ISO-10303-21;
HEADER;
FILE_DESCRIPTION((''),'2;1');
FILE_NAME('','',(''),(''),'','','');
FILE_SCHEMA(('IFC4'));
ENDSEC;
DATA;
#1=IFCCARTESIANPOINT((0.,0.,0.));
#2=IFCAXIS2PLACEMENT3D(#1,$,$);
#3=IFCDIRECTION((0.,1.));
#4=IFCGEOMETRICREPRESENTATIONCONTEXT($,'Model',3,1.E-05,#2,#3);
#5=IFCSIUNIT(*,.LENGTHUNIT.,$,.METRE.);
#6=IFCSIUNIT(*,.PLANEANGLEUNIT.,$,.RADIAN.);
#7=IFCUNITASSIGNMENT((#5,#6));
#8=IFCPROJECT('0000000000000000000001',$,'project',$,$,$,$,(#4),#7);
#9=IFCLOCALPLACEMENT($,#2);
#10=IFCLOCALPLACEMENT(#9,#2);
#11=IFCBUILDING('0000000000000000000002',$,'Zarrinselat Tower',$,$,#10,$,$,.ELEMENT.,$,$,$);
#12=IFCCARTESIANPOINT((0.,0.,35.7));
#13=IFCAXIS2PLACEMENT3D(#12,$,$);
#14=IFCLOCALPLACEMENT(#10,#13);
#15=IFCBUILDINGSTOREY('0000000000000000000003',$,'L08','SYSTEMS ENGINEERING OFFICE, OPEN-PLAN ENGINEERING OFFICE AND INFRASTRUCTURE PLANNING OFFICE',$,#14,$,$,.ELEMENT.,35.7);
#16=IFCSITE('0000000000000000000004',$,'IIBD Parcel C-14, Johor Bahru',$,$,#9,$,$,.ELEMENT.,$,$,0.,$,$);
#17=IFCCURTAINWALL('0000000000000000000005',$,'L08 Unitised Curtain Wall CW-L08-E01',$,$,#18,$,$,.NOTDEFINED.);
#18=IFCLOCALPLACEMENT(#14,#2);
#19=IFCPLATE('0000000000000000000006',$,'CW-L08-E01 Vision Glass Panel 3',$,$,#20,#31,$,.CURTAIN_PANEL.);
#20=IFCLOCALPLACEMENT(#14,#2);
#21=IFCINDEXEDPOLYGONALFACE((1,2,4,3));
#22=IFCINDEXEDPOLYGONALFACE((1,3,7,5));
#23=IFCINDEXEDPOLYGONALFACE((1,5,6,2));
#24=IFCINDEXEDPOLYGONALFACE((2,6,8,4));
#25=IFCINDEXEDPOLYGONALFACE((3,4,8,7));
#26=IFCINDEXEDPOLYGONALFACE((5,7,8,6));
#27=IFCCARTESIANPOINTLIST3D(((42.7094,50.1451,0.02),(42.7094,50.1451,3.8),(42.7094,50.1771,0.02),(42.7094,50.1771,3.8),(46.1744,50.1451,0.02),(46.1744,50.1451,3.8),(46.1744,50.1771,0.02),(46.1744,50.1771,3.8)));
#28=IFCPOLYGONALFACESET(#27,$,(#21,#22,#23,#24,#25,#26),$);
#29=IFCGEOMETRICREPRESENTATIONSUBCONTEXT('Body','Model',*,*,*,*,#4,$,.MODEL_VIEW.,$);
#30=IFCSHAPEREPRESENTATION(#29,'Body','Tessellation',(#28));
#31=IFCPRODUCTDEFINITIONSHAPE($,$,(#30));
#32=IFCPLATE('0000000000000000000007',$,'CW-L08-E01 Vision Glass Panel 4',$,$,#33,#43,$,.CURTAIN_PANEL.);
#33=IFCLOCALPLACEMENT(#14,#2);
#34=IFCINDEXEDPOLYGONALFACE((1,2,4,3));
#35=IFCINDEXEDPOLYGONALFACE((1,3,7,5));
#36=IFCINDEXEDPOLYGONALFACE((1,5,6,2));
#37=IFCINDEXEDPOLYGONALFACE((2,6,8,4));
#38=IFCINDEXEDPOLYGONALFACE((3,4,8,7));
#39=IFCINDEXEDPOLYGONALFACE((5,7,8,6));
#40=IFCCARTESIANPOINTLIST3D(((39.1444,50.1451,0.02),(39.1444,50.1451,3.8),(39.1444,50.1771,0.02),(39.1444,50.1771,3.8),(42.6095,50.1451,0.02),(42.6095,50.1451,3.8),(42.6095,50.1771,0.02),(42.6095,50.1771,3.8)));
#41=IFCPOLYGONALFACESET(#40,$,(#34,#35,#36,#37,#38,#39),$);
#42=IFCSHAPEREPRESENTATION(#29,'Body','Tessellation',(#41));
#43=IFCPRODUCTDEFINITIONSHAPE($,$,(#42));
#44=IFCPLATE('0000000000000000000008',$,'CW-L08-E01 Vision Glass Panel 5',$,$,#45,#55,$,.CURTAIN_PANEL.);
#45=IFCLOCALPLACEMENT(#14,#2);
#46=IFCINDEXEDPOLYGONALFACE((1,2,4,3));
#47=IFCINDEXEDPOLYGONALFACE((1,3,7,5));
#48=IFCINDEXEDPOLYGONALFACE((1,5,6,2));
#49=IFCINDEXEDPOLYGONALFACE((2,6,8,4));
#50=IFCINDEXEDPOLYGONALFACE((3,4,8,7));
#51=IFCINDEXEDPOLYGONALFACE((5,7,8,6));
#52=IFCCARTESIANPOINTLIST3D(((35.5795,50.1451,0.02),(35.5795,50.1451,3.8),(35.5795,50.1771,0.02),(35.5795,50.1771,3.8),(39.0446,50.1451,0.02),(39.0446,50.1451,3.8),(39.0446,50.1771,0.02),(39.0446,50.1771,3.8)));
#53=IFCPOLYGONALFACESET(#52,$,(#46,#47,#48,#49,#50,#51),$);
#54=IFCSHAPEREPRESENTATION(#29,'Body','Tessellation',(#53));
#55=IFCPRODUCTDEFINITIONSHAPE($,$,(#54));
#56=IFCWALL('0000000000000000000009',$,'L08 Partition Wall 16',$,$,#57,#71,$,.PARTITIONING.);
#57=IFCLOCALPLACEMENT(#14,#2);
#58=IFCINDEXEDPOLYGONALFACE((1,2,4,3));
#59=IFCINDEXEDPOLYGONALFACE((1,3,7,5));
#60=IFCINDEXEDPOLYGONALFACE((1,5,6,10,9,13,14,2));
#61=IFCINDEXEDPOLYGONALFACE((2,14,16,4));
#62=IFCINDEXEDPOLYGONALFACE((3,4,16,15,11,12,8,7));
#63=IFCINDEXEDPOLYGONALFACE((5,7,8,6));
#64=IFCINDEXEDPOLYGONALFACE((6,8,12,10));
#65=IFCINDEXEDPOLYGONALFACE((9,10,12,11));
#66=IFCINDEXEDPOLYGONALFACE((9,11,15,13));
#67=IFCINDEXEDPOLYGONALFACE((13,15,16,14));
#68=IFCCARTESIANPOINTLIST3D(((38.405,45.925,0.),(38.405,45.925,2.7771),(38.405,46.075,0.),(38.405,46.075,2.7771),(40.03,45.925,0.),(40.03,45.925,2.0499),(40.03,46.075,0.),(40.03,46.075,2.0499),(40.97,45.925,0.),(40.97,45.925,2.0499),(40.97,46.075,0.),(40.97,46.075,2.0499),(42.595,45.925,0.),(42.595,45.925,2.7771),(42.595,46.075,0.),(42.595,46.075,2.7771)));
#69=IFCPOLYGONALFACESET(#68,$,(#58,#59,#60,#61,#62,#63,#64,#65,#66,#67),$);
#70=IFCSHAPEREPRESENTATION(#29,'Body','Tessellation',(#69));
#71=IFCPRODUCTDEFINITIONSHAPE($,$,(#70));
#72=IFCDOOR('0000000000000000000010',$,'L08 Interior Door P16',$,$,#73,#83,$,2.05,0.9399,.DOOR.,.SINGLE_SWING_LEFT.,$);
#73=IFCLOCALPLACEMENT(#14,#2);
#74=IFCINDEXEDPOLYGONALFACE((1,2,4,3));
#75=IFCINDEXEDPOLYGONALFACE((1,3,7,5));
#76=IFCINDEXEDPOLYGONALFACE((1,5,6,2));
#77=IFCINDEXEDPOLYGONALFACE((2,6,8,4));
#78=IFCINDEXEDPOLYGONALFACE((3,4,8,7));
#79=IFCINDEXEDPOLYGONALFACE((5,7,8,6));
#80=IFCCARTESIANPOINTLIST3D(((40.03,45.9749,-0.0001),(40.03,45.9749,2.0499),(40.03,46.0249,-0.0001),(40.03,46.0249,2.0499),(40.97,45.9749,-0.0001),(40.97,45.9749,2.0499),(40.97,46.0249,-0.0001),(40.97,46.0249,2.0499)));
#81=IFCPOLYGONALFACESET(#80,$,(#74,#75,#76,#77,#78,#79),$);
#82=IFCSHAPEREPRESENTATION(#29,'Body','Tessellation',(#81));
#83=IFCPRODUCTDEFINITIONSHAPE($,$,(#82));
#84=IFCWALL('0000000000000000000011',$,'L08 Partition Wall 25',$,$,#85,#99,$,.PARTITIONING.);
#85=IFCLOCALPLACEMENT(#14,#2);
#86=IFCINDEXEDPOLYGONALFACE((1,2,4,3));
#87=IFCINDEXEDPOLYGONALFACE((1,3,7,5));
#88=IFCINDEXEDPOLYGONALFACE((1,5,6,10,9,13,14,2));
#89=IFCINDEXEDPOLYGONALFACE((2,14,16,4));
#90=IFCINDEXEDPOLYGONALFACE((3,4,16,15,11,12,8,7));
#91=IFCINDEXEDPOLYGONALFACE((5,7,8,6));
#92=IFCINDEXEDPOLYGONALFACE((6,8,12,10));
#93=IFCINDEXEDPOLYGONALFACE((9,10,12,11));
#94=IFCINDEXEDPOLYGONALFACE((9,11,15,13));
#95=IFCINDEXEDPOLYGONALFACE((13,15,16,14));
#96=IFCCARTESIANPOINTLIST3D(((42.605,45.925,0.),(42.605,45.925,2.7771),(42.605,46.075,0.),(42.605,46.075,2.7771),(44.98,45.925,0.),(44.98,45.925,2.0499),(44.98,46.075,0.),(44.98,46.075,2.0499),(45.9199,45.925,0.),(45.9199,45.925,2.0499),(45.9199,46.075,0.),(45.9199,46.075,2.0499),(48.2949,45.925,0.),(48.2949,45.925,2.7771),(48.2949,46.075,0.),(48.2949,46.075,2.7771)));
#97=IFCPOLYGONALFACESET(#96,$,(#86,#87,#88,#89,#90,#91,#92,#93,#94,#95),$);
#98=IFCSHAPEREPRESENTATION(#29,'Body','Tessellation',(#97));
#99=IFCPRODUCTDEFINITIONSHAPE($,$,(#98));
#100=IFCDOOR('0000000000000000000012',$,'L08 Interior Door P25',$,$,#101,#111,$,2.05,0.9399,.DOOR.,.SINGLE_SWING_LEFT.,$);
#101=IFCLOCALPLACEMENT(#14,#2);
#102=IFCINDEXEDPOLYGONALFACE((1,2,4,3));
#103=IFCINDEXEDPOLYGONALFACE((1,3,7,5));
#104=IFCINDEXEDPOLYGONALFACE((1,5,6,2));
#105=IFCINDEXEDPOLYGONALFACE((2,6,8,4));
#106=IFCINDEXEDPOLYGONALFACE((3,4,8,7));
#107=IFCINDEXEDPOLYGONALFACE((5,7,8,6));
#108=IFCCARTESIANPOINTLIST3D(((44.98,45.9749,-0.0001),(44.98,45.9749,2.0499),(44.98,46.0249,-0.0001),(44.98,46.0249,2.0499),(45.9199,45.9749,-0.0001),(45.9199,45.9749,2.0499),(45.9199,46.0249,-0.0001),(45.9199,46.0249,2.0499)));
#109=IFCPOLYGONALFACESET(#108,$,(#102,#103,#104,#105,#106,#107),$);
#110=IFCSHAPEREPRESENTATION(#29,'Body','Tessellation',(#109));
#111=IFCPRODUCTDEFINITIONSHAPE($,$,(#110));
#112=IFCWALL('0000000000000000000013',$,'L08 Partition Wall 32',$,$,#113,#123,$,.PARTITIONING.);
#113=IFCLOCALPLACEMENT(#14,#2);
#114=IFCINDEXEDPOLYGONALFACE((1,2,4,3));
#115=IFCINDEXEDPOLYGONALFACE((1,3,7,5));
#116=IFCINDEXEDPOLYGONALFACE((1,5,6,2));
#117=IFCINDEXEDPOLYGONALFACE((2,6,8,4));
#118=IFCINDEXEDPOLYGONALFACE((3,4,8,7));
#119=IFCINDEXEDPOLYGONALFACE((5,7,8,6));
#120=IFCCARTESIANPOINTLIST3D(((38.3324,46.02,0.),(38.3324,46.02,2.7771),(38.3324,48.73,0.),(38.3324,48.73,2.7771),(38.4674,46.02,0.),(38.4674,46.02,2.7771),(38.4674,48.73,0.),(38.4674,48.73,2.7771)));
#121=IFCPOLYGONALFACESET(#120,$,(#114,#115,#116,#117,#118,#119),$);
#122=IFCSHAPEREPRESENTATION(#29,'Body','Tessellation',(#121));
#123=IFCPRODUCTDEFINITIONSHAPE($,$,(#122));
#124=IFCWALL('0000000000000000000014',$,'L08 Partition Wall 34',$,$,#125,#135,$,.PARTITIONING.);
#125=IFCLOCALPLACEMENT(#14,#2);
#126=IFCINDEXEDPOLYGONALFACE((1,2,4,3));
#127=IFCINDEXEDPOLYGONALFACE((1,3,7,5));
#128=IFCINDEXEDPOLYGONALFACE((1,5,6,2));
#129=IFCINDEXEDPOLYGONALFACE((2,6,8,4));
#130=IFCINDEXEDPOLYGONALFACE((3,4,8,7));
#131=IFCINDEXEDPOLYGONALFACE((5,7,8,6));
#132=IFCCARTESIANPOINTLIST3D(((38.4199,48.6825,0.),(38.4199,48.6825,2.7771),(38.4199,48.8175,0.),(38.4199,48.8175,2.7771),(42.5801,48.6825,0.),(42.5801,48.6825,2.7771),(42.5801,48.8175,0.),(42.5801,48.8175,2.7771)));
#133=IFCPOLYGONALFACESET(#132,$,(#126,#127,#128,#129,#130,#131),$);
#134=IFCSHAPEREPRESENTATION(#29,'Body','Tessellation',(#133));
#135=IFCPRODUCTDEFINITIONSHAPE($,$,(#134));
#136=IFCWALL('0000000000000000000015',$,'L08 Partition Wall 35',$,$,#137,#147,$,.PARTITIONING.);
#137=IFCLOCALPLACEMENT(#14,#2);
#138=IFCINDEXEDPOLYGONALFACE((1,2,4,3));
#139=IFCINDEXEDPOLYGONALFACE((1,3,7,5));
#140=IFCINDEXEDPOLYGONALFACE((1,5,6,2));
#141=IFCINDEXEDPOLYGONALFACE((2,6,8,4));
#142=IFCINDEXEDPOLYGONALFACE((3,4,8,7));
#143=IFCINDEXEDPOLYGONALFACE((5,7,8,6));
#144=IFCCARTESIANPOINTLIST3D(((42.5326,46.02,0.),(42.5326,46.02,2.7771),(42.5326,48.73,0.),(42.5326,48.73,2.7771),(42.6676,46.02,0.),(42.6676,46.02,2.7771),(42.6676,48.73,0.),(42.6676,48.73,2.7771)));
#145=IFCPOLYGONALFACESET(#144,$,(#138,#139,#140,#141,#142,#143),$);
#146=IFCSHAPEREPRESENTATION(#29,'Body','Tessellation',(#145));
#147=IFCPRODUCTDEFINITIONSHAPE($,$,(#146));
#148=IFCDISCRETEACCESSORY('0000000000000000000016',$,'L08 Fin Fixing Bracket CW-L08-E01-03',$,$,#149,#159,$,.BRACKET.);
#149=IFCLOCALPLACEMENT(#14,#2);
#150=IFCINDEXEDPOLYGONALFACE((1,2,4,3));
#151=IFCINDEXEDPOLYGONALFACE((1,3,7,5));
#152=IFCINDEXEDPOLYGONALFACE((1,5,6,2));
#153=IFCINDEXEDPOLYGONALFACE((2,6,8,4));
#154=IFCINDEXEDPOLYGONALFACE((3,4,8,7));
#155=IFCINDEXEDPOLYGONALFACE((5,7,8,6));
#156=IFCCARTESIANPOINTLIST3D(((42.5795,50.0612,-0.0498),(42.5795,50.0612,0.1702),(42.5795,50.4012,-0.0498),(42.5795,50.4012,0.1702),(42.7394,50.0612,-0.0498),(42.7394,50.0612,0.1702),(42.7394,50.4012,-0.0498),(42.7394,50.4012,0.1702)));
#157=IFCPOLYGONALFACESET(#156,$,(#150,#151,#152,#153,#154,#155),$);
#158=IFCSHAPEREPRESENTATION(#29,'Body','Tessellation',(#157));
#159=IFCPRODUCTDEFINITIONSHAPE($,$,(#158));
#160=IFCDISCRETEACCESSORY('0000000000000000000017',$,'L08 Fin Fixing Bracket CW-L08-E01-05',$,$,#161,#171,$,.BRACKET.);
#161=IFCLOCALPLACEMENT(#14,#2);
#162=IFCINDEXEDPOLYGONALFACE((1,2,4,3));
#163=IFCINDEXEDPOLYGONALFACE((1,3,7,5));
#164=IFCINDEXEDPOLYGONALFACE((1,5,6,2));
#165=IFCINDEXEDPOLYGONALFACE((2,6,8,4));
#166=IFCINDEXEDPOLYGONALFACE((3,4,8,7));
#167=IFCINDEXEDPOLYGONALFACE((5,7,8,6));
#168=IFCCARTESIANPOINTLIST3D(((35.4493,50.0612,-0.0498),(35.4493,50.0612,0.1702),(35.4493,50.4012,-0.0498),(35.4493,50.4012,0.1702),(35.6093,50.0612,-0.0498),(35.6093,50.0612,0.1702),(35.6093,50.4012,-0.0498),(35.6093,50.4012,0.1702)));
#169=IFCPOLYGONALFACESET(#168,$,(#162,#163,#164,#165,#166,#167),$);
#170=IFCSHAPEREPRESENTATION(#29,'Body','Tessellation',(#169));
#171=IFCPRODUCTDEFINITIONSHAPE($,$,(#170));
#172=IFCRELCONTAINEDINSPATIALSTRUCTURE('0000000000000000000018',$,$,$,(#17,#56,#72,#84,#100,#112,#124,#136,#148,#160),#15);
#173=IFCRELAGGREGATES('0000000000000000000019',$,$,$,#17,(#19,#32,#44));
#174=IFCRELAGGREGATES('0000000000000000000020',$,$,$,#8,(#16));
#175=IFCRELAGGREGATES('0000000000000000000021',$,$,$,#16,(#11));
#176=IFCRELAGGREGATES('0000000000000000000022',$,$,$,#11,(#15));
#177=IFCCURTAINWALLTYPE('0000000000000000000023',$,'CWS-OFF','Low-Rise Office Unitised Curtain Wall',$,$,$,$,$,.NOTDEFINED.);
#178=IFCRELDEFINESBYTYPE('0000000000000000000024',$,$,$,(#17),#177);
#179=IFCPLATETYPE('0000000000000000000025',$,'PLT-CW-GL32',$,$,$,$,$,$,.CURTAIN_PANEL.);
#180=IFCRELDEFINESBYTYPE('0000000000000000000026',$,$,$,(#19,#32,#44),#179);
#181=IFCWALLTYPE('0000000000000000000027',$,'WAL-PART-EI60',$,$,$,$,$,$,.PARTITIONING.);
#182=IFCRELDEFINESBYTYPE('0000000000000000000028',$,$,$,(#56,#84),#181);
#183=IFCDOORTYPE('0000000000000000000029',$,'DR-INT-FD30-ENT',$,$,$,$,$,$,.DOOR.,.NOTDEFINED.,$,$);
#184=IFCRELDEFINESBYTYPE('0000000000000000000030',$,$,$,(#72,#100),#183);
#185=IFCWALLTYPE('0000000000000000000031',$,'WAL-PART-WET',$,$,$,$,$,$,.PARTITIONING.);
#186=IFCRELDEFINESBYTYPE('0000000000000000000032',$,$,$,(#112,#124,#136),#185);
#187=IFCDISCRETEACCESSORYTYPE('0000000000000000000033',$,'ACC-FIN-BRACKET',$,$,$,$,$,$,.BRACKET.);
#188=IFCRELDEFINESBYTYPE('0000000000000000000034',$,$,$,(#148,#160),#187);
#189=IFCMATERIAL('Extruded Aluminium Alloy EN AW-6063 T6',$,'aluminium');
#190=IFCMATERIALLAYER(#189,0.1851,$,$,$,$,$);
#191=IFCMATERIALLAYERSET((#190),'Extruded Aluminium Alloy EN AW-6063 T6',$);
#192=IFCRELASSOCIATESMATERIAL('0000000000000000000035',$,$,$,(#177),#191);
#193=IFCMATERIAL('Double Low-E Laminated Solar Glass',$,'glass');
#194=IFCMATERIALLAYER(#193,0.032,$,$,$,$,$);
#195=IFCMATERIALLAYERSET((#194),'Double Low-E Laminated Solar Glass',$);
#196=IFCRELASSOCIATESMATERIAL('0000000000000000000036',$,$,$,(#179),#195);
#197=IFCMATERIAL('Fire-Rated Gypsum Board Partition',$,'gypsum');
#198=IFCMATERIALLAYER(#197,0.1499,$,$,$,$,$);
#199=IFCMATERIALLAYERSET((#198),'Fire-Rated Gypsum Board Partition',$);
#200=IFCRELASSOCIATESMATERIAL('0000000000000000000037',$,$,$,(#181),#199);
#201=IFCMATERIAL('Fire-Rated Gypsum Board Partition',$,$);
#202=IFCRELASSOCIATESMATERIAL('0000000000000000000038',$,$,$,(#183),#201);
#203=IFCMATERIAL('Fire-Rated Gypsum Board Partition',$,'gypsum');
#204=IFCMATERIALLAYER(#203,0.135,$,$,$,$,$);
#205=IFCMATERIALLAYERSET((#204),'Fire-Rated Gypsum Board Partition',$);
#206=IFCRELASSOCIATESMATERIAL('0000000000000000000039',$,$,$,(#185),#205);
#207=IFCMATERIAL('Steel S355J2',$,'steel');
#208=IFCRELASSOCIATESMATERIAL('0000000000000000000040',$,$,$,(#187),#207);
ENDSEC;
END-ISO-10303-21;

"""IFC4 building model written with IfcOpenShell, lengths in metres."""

from ifc_helpers import new_model, si_unit, direction, frame, frame_2d, origin, origin_2d, place, context, subcontext, project, spatial, rectangle, extrude, material, layer, layer_set, type_object, element, fill, aggregate, save


model = new_model("IFC4")

# Units and contexts
model_context = context("Model", 3, precision=1e-05, world=origin(), true_north=direction((0.0, 1.0)))
body_context = subcontext(model_context, "Body", "Model", "MODEL_VIEW")
ifc_project = project(units=[si_unit("LENGTHUNIT", "METRE"), si_unit("PLANEANGLEUNIT", "RADIAN")], contexts=[model_context])

# Site, building, storey
site_placement = place(None, origin())
site = spatial("IfcSite", under=ifc_project, at=site_placement, Name="IIBD Parcel C-14, Johor Bahru", CompositionType="ELEMENT", RefElevation=0.0)
building_placement = place(site_placement, origin())
building = spatial("IfcBuilding", under=site, at=building_placement, Name="Zarrinselat Tower", CompositionType="ELEMENT")
storey_placement = place(building_placement, frame((0.0, 0.0, 35.7)))
storey = spatial("IfcBuildingStorey", under=building, at=storey_placement, Name="L08", Description="SYSTEMS ENGINEERING OFFICE, OPEN-PLAN ENGINEERING OFFICE AND INFRASTRUCTURE PLANNING OFFICE", CompositionType="ELEMENT", Elevation=35.7)

# Curtain wall, plates
ifc_material_1 = material(Name="Extruded Aluminium Alloy EN AW-6063 T6", Category="aluminium")
ifc_layer_1 = layer(ifc_material_1, 0.1851)
ifc_layer_set_1 = layer_set([ifc_layer_1], Name="Extruded Aluminium Alloy EN AW-6063 T6")
curtain_wall_type = type_object("IfcCurtainWallType", Name="CWS-OFF", Description="Low-Rise Office Unitised Curtain Wall", PredefinedType="NOTDEFINED", material=ifc_layer_set_1)
curtain_wall_placement = place(storey_placement, origin())
curtain_wall = element("IfcCurtainWall", 1, at=curtain_wall_placement, inside=storey, type_object=curtain_wall_type, Name="L08 Unitised Curtain Wall CW-L08-E01", PredefinedType="NOTDEFINED")
ifc_material_2 = material(Name="Double Low-E Laminated Solar Glass", Category="glass")
ifc_layer_2 = layer(ifc_material_2, 0.032)
ifc_layer_set_2 = layer_set([ifc_layer_2], Name="Double Low-E Laminated Solar Glass")
plate_type = type_object("IfcPlateType", Name="PLT-CW-GL32", PredefinedType="CURTAIN_PANEL", material=ifc_layer_set_2)
plate_1_placement = place(storey_placement, frame((44.4419, 50.1611, 0.02), z_axis=(0.0, 0.0, 1.0), x_axis=(-1.0, 0.0, 0.0)))
plate_1 = element("IfcPlate", 2, at=plate_1_placement, type_object=plate_type, Name="CW-L08-E01 Vision Glass Panel 3", PredefinedType="CURTAIN_PANEL", context=body_context, shape_type="SweptSolid", body=[
    extrude(rectangle(XDim=3.4651, YDim=0.032, at=origin_2d()), origin(), (0.0, 0.0, 1.0), 3.78),
])
plate_2_placement = place(storey_placement, frame((40.877, 50.1611, 0.02), z_axis=(0.0, 0.0, 1.0), x_axis=(-1.0, 0.0, 0.0)))
plate_2 = element("IfcPlate", 3, at=plate_2_placement, type_object=plate_type, Name="CW-L08-E01 Vision Glass Panel 4", PredefinedType="CURTAIN_PANEL", context=body_context, shape_type="SweptSolid", body=[
    extrude(rectangle(XDim=3.4651, YDim=0.032, at=origin_2d()), origin(), (0.0, 0.0, 1.0), 3.78),
])
plate_3_placement = place(storey_placement, frame((37.312, 50.1611, 0.02), z_axis=(0.0, 0.0, 1.0), x_axis=(-1.0, 0.0, 0.0)))
plate_3 = element("IfcPlate", 4, at=plate_3_placement, type_object=plate_type, Name="CW-L08-E01 Vision Glass Panel 5", PredefinedType="CURTAIN_PANEL", context=body_context, shape_type="SweptSolid", body=[
    extrude(rectangle(XDim=3.4651, YDim=0.032, at=origin_2d()), origin(), (0.0, 0.0, 1.0), 3.78),
])
aggregate(curtain_wall, [plate_1, plate_2, plate_3])

# Walls, openings, doors
ifc_material_3 = material(Name="Fire-Rated Gypsum Board Partition", Category="gypsum")
ifc_layer_3 = layer(ifc_material_3, 0.1499)
ifc_layer_set_3 = layer_set([ifc_layer_3], Name="Fire-Rated Gypsum Board Partition")
wall_type_1 = type_object("IfcWallType", Name="WAL-PART-EI60", PredefinedType="PARTITIONING", material=ifc_layer_set_3)
wall_1_placement = place(storey_placement, frame((38.405, 46.0, 0.0), z_axis=(0.0, 0.0, 1.0), x_axis=(1.0, 0.0, 0.0)))
wall_1 = element("IfcWall", 5, at=wall_1_placement, inside=storey, type_object=wall_type_1, Name="L08 Partition Wall 16", PredefinedType="PARTITIONING", context=body_context, shape_type="SweptSolid", body=[
    extrude(rectangle(XDim=4.1899, YDim=0.1499, at=frame_2d((2.095, 0.0))), origin(), (0.0, 0.0, 1.0), 2.7771),
])
opening_1_placement = place(wall_1_placement, frame((1.625, 0.0, 0.0)))
opening_1 = element("IfcOpeningElement", 6, at=opening_1_placement, cuts=wall_1, PredefinedType="OPENING", context=body_context, shape_type="SweptSolid", body=[
    extrude(rectangle(XDim=0.9399, YDim=2.05, at=frame_2d((0.47, 1.0249))), frame((0.0, 0.085, 0.0), z_axis=(0.0, -1.0, 0.0), x_axis=(1.0, 0.0, 0.0)), (0.0, 0.0, 1.0), 0.1699),
])
ifc_material_4 = material(Name="Fire-Rated Gypsum Board Partition")
door_type = type_object("IfcDoorType", Name="DR-INT-FD30-ENT", OperationType="NOTDEFINED", PredefinedType="DOOR", material=ifc_material_4)
door_1_placement = place(opening_1_placement, origin())
door_1 = element("IfcDoor", 7, at=door_1_placement, inside=storey, type_object=door_type, Name="L08 Interior Door P16", OperationType="SINGLE_SWING_LEFT", OverallHeight=2.05, OverallWidth=0.9399, PredefinedType="DOOR", context=body_context, shape_type="SweptSolid", body=[
    extrude(rectangle(XDim=0.9399, YDim=2.05, at=frame_2d((0.47, 1.0249))), frame((0.0, 0.0249, 0.0), z_axis=(0.0, -1.0, 0.0), x_axis=(1.0, 0.0, 0.0)), (0.0, 0.0, 1.0), 0.05),
])
fill(opening_1, door_1)
wall_2_placement = place(storey_placement, frame((42.605, 46.0, 0.0), z_axis=(0.0, 0.0, 1.0), x_axis=(1.0, 0.0, 0.0)))
wall_2 = element("IfcWall", 8, at=wall_2_placement, inside=storey, type_object=wall_type_1, Name="L08 Partition Wall 25", PredefinedType="PARTITIONING", context=body_context, shape_type="SweptSolid", body=[
    extrude(rectangle(XDim=5.6899, YDim=0.1499, at=frame_2d((2.845, 0.0))), origin(), (0.0, 0.0, 1.0), 2.7771),
])
opening_2_placement = place(wall_2_placement, frame((2.375, 0.0, 0.0)))
opening_2 = element("IfcOpeningElement", 9, at=opening_2_placement, cuts=wall_2, PredefinedType="OPENING", context=body_context, shape_type="SweptSolid", body=[
    extrude(rectangle(XDim=0.9399, YDim=2.05, at=frame_2d((0.47, 1.0249))), frame((0.0, 0.085, 0.0), z_axis=(0.0, -1.0, 0.0), x_axis=(1.0, 0.0, 0.0)), (0.0, 0.0, 1.0), 0.1699),
])
door_2_placement = place(opening_2_placement, origin())
door_2 = element("IfcDoor", 10, at=door_2_placement, inside=storey, type_object=door_type, Name="L08 Interior Door P25", OperationType="SINGLE_SWING_LEFT", OverallHeight=2.05, OverallWidth=0.9399, PredefinedType="DOOR", context=body_context, shape_type="SweptSolid", body=[
    extrude(rectangle(XDim=0.9399, YDim=2.05, at=frame_2d((0.47, 1.0249))), frame((0.0, 0.0249, 0.0), z_axis=(0.0, -1.0, 0.0), x_axis=(1.0, 0.0, 0.0)), (0.0, 0.0, 1.0), 0.05),
])
fill(opening_2, door_2)

# Walls
ifc_material_5 = material(Name="Fire-Rated Gypsum Board Partition", Category="gypsum")
ifc_layer_4 = layer(ifc_material_5, 0.135)
ifc_layer_set_4 = layer_set([ifc_layer_4], Name="Fire-Rated Gypsum Board Partition")
wall_type_2 = type_object("IfcWallType", Name="WAL-PART-WET", PredefinedType="PARTITIONING", material=ifc_layer_set_4)
wall_3_placement = place(storey_placement, frame((38.3999, 46.02, 0.0), z_axis=(0.0, 0.0, 1.0), x_axis=(0.0, 1.0, 0.0)))
element("IfcWall", 11, at=wall_3_placement, inside=storey, type_object=wall_type_2, Name="L08 Partition Wall 32", PredefinedType="PARTITIONING", context=body_context, shape_type="SweptSolid", body=[
    extrude(rectangle(XDim=2.71, YDim=0.135, at=frame_2d((1.355, 0.0))), origin(), (0.0, 0.0, 1.0), 2.7771),
])
wall_4_placement = place(storey_placement, frame((38.4199, 48.75, 0.0), z_axis=(0.0, 0.0, 1.0), x_axis=(1.0, 0.0, 0.0)))
element("IfcWall", 12, at=wall_4_placement, inside=storey, type_object=wall_type_2, Name="L08 Partition Wall 34", PredefinedType="PARTITIONING", context=body_context, shape_type="SweptSolid", body=[
    extrude(rectangle(XDim=4.1602, YDim=0.135, at=frame_2d((2.0801, 0.0))), origin(), (0.0, 0.0, 1.0), 2.7771),
])
wall_5_placement = place(storey_placement, frame((42.6001, 46.02, 0.0), z_axis=(0.0, 0.0, 1.0), x_axis=(0.0, 1.0, 0.0)))
element("IfcWall", 13, at=wall_5_placement, inside=storey, type_object=wall_type_2, Name="L08 Partition Wall 35", PredefinedType="PARTITIONING", context=body_context, shape_type="SweptSolid", body=[
    extrude(rectangle(XDim=2.71, YDim=0.135, at=frame_2d((1.355, 0.0))), origin(), (0.0, 0.0, 1.0), 2.7771),
])

# Discrete accessories
ifc_material_6 = material(Name="Steel S355J2", Category="steel")
discrete_accessory_type = type_object("IfcDiscreteAccessoryType", Name="ACC-FIN-BRACKET", PredefinedType="BRACKET", material=ifc_material_6)
for number, where, z_axis, x_axis, name in (
    (14, (42.6594, 50.2312, -0.0498), (0.0, 0.0, 1.0), (0.0, 1.0, 0.0), "L08 Fin Fixing Bracket CW-L08-E01-03"),
    (15, (35.5293, 50.2312, -0.0498), (0.0, 0.0, 1.0), (0.0, 1.0, 0.0), "L08 Fin Fixing Bracket CW-L08-E01-05"),
):
    element("IfcDiscreteAccessory", number, at=place(storey_placement, frame(where, z_axis=z_axis, x_axis=x_axis)), inside=storey, type_object=discrete_accessory_type, Name=name, PredefinedType="BRACKET", context=body_context, shape_type="SweptSolid", body=[
        extrude(rectangle(XDim=0.3401, YDim=0.1599, at=origin_2d()), origin(), (0.0, 0.0, 1.0), 0.22),
    ])

save(model, "model.ifc")
